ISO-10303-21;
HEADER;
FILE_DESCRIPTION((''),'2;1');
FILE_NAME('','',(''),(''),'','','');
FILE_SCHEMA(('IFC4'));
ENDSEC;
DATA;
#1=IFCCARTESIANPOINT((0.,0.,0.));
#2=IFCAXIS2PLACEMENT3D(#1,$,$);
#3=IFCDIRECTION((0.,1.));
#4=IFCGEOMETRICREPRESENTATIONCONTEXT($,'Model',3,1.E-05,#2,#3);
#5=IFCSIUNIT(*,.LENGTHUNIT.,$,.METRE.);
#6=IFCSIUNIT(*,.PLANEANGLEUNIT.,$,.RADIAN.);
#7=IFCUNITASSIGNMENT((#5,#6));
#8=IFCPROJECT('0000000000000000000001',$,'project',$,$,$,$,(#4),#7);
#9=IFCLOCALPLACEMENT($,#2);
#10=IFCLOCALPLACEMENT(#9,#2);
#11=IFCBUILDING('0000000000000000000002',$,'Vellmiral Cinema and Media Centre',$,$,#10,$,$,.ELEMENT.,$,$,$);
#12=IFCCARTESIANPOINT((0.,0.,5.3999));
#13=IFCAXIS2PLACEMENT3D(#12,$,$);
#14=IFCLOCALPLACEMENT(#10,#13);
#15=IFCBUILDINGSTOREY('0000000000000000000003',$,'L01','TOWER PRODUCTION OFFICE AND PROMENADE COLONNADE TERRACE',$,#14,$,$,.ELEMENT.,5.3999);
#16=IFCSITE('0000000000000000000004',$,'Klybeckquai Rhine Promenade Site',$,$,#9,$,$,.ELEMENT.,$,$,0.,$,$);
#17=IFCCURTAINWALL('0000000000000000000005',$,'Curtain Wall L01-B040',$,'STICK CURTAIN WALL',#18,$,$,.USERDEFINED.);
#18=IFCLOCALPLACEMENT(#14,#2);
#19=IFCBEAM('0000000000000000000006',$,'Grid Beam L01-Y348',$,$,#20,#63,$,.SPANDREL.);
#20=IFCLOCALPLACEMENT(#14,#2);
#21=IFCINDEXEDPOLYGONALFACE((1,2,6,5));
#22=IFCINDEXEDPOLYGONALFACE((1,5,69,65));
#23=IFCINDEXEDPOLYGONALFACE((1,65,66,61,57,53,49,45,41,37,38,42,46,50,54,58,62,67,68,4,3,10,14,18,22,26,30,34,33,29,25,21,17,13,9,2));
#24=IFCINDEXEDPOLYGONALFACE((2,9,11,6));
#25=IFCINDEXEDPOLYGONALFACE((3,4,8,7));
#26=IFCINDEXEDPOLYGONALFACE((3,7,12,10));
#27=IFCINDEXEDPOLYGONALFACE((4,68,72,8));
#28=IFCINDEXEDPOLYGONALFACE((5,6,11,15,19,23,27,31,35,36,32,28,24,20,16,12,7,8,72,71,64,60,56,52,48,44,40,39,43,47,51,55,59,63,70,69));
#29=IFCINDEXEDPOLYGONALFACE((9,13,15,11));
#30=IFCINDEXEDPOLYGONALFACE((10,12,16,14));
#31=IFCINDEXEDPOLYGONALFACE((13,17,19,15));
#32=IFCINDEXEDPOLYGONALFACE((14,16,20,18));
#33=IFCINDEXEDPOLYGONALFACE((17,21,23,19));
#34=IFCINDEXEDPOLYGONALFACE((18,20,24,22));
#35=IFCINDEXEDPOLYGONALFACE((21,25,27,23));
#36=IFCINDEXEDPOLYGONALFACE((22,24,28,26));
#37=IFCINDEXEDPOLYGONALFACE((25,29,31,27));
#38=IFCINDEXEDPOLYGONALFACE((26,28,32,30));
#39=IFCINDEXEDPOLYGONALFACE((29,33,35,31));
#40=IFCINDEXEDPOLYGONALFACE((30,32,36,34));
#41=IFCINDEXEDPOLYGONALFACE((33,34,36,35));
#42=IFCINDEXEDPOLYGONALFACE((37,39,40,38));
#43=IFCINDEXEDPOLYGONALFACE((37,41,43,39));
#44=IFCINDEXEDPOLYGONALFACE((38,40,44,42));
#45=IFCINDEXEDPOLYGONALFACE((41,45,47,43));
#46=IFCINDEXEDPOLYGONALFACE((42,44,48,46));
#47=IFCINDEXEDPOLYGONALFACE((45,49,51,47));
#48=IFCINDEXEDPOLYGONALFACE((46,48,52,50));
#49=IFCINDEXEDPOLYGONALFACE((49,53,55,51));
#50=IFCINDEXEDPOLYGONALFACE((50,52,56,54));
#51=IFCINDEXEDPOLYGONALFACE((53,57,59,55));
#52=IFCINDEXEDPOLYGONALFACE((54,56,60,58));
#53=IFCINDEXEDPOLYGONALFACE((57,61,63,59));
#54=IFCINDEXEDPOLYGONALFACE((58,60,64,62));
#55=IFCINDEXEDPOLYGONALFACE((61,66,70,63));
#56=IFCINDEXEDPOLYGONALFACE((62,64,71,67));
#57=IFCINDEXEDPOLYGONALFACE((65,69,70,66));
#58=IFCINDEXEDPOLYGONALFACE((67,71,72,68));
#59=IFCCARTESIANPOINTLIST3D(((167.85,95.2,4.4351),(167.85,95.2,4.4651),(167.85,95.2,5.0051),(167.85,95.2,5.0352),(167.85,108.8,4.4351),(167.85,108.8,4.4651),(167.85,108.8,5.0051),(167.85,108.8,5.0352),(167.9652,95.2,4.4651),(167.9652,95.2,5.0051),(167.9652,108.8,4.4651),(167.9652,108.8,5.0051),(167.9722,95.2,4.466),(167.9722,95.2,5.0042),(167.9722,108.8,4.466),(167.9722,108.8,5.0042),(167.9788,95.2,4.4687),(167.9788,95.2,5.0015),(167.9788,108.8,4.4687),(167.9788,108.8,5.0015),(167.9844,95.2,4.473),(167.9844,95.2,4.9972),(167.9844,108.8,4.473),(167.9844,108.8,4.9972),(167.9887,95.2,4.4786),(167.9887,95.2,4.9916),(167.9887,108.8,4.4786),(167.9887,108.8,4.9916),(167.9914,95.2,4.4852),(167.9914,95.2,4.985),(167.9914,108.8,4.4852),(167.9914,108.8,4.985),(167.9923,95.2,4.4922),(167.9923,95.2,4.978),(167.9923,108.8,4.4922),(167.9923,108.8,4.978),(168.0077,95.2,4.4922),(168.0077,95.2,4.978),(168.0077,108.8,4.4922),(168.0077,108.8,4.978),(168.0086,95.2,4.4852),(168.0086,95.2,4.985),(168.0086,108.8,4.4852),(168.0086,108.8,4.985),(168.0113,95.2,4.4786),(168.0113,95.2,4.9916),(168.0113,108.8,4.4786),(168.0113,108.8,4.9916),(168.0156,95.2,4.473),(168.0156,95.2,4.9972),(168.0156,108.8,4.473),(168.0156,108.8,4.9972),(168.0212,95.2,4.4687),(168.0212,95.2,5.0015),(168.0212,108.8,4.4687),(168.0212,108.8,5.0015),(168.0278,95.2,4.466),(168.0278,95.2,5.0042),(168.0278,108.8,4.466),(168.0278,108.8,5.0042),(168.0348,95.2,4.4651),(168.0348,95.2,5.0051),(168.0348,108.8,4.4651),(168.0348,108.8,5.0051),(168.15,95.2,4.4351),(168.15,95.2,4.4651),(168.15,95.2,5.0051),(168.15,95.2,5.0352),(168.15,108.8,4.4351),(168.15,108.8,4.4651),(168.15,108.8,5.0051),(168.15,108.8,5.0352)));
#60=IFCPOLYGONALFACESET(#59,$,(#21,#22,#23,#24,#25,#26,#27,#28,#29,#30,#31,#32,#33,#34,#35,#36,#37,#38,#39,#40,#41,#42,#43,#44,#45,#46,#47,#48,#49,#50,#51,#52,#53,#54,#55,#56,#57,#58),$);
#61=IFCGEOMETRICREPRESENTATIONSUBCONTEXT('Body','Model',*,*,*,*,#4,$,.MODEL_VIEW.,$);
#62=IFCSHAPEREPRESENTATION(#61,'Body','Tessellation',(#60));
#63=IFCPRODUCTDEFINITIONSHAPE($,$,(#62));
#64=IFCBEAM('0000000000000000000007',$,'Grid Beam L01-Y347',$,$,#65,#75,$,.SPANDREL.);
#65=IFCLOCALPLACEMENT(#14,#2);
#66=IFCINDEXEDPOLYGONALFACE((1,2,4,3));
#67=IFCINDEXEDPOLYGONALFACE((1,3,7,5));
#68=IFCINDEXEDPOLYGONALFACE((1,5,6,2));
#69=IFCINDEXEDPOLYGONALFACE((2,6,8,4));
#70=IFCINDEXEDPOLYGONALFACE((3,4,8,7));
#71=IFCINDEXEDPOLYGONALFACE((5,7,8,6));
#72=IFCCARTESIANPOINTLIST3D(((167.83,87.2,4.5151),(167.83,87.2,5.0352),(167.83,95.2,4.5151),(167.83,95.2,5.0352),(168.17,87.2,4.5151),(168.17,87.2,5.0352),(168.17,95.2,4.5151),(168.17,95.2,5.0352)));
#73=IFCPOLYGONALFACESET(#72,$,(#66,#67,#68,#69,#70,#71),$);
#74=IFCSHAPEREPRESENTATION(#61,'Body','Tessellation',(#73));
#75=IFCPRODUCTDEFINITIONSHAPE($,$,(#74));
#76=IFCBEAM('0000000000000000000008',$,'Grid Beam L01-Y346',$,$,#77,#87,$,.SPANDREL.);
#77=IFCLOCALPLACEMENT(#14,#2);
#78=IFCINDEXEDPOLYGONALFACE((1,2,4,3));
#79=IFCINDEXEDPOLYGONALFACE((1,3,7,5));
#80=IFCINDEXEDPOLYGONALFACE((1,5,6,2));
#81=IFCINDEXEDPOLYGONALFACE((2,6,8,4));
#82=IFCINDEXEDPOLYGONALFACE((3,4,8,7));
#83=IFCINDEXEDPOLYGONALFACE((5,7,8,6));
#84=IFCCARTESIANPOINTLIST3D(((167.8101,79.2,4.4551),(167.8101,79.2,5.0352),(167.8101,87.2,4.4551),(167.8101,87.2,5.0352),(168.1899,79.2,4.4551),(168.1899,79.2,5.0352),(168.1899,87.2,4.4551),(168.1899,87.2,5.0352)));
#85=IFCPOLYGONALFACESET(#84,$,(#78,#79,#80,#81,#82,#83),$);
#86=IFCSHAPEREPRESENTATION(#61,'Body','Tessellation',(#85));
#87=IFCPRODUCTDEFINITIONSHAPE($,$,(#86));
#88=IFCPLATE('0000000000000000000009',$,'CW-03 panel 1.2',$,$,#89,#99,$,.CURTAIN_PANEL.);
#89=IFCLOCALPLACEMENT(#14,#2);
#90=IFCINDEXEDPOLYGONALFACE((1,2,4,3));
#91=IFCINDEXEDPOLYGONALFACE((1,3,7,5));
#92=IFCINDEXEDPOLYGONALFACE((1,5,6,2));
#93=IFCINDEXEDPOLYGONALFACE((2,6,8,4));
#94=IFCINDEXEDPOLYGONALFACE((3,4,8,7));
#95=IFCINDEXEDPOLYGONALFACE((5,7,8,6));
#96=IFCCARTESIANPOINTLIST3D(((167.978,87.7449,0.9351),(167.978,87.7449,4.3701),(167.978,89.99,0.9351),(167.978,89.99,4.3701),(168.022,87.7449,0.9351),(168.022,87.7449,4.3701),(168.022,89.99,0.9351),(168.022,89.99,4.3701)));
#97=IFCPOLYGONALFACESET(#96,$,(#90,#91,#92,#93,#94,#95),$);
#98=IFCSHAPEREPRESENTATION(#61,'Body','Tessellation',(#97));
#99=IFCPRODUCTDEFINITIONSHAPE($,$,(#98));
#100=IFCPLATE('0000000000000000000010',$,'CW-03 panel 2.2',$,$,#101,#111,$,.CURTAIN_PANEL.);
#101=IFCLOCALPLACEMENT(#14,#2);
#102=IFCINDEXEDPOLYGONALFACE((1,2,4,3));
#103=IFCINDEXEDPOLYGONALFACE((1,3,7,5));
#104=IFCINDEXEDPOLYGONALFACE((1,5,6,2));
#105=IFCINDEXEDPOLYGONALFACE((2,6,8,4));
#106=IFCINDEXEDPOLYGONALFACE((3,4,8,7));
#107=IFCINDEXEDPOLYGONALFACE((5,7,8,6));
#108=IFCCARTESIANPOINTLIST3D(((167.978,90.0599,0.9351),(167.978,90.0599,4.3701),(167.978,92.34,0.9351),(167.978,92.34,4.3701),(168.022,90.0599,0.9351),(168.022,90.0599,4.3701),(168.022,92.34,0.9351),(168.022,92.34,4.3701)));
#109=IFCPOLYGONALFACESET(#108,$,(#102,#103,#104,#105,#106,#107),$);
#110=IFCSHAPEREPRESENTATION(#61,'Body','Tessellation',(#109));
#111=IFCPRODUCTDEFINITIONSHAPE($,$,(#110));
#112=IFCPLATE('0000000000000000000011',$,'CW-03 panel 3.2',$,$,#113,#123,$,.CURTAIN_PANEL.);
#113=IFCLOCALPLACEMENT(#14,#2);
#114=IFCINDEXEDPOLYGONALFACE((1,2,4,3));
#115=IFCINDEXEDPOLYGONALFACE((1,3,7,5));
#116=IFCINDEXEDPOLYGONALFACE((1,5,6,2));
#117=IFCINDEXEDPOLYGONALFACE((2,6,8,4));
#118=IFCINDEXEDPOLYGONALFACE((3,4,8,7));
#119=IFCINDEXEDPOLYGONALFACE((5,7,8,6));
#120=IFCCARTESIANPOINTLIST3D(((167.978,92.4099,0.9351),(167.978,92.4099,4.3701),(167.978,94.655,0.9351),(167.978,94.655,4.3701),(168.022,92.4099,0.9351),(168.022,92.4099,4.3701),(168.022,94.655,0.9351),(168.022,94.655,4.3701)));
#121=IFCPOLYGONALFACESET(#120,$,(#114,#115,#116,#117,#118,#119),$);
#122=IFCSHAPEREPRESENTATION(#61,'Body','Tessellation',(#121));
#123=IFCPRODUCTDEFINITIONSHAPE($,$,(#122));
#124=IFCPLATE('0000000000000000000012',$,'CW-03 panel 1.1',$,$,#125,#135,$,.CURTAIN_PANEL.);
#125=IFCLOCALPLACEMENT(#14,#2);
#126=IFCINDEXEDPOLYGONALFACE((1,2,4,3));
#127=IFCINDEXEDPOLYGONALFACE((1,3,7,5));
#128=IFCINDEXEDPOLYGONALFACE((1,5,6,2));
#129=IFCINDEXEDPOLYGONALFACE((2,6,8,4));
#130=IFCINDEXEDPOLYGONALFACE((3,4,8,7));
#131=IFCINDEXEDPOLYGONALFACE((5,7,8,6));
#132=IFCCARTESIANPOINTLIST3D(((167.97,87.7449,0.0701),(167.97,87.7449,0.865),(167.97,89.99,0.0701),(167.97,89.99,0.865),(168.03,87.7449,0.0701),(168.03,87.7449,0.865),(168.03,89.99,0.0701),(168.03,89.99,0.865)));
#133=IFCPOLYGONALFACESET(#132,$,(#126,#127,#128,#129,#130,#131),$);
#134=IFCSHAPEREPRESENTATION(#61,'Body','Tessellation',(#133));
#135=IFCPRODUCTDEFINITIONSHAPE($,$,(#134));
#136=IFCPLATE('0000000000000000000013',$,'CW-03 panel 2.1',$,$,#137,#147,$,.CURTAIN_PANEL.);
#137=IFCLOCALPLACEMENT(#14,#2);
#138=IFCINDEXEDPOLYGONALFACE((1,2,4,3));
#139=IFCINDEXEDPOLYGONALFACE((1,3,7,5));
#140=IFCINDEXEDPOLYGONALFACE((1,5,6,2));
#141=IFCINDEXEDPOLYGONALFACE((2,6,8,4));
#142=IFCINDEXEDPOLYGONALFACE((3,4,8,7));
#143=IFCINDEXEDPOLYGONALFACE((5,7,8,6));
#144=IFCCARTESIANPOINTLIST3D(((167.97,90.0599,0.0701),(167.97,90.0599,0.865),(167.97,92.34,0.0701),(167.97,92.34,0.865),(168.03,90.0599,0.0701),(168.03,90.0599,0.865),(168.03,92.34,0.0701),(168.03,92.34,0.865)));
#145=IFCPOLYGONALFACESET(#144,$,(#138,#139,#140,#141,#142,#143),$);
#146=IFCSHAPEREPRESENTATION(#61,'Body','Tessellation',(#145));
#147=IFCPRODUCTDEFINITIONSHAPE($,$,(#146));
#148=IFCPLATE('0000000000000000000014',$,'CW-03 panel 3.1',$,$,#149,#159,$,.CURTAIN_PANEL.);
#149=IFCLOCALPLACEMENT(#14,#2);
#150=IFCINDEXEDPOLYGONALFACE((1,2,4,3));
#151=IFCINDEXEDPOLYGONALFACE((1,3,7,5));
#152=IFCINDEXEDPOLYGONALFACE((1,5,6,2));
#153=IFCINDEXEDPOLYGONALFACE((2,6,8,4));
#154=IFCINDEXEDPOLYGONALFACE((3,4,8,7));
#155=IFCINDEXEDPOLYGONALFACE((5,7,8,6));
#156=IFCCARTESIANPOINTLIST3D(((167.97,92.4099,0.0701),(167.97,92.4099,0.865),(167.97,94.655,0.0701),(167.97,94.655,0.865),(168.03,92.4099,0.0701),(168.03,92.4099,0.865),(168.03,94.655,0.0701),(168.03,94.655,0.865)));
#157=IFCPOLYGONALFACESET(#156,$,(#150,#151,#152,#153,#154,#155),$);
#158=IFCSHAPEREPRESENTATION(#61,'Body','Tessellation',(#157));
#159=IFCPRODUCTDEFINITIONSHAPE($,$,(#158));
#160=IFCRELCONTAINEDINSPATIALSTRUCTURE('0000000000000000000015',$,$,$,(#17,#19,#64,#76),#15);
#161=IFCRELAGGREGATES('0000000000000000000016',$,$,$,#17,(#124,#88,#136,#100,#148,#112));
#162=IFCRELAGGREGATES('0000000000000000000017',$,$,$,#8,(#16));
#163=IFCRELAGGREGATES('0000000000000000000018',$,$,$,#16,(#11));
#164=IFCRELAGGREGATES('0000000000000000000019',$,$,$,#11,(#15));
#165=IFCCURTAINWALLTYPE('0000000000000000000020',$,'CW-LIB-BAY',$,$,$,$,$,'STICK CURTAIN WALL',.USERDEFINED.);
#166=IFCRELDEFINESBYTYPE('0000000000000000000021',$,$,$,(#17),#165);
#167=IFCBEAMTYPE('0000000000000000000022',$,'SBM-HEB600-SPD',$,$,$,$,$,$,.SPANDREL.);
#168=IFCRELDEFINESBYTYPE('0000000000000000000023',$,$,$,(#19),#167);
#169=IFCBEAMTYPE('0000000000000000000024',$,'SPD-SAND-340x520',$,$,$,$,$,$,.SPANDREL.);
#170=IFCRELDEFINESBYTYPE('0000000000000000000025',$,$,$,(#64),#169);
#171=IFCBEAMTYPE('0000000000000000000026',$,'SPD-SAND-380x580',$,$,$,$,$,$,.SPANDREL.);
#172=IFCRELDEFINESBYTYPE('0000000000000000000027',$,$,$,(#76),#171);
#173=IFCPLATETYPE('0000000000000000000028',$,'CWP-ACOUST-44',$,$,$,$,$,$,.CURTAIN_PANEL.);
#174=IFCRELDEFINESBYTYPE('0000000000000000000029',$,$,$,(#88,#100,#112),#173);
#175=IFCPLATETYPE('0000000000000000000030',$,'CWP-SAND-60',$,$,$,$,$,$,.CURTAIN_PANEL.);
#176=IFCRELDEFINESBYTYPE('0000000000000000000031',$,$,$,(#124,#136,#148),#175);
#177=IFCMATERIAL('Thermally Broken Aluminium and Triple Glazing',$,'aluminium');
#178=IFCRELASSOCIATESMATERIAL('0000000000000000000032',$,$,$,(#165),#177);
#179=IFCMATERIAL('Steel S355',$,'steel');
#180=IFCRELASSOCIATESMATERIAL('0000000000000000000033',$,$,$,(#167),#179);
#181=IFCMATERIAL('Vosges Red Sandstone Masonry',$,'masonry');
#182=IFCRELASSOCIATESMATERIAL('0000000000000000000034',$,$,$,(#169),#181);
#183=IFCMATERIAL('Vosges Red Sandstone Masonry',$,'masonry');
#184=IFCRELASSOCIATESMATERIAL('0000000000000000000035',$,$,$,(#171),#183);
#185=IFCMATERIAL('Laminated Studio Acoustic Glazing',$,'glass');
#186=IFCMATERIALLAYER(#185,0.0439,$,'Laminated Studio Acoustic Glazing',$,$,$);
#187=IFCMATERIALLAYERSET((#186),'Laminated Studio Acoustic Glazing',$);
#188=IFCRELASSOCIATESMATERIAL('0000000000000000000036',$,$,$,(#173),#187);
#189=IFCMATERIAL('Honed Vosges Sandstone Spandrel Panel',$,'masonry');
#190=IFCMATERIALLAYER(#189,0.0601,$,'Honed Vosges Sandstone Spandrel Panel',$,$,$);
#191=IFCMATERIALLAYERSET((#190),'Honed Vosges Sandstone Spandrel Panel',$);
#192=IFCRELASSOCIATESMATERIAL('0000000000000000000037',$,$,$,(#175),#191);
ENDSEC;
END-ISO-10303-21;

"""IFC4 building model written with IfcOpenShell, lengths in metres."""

from ifc_helpers import new_model, si_unit, direction, frame, origin, origin_2d, place, context, subcontext, project, spatial, rectangle, i_section, extrude, material, layer, layer_set, material_profile, profile_set, type_object, element, aggregate, save


model = new_model("IFC4")

# Units and contexts
model_context = context("Model", 3, precision=1e-05, world=origin(), true_north=direction((0.0, 1.0)))
body_context = subcontext(model_context, "Body", "Model", "MODEL_VIEW")
ifc_project = project(units=[si_unit("LENGTHUNIT", "METRE"), si_unit("PLANEANGLEUNIT", "RADIAN")], contexts=[model_context])

# Site, building, storey
site_placement = place(None, origin())
site = spatial("IfcSite", under=ifc_project, at=site_placement, Name="Klybeckquai Rhine Promenade Site", CompositionType="ELEMENT", RefElevation=0.0)
building_placement = place(site_placement, origin())
building = spatial("IfcBuilding", under=site, at=building_placement, Name="Vellmiral Cinema and Media Centre", CompositionType="ELEMENT")
storey_placement = place(building_placement, frame((0.0, 0.0, 5.3999)))
storey = spatial("IfcBuildingStorey", under=building, at=storey_placement, Name="L01", Description="TOWER PRODUCTION OFFICE AND PROMENADE COLONNADE TERRACE", CompositionType="ELEMENT", Elevation=5.3999)

# Curtain wall
ifc_material_1 = material(Name="Thermally Broken Aluminium and Triple Glazing", Category="aluminium")
curtain_wall_type = type_object("IfcCurtainWallType", Name="CW-LIB-BAY", ElementType="STICK CURTAIN WALL", PredefinedType="USERDEFINED", material=ifc_material_1)
curtain_wall_placement = place(storey_placement, origin())
curtain_wall = element("IfcCurtainWall", 1, at=curtain_wall_placement, inside=storey, type_object=curtain_wall_type, Name="Curtain Wall L01-B040", ObjectType="STICK CURTAIN WALL", PredefinedType="USERDEFINED")

# Beams
ifc_material_2 = material(Name="Steel S355", Category="steel")
ifc_material_profile_1 = material_profile(ifc_material_2, i_section(OverallWidth=0.3, OverallDepth=0.6001, WebThickness=0.0154, FlangeThickness=0.03, FilletRadius=0.0271, at=origin_2d()), Name="HEB 600")
ifc_profile_set_1 = profile_set([ifc_material_profile_1], Name="Steel S355")
beam_type_1 = type_object("IfcBeamType", Name="SBM-HEB600-SPD", PredefinedType="SPANDREL", material=ifc_profile_set_1)
beam_1_placement = place(storey_placement, frame((168.0, 95.2, 4.7351), z_axis=(0.0, 1.0, 0.0), x_axis=(-1.0, 0.0, 0.0)))
element("IfcBeam", 2, at=beam_1_placement, inside=storey, type_object=beam_type_1, Name="Grid Beam L01-Y348", PredefinedType="SPANDREL", context=body_context, shape_type="SweptSolid", body=[
    extrude(i_section(OverallWidth=0.3, OverallDepth=0.6001, WebThickness=0.0154, FlangeThickness=0.03, FilletRadius=0.0271, at=origin_2d()), origin(), (0.0, 0.0, 1.0), 13.6001),
])
ifc_material_3 = material(Name="Vosges Red Sandstone Masonry", Category="masonry")
ifc_material_profile_2 = material_profile(ifc_material_3, rectangle(XDim=0.3401, YDim=0.52, at=origin_2d()), Name="SAND 340x520")
ifc_profile_set_2 = profile_set([ifc_material_profile_2], Name="Vosges Red Sandstone Masonry")
beam_type_2 = type_object("IfcBeamType", Name="SPD-SAND-340x520", PredefinedType="SPANDREL", material=ifc_profile_set_2)
beam_2_placement = place(storey_placement, frame((168.0, 87.2, 4.7751), z_axis=(0.0, 1.0, 0.0), x_axis=(-1.0, 0.0, 0.0)))
element("IfcBeam", 3, at=beam_2_placement, inside=storey, type_object=beam_type_2, Name="Grid Beam L01-Y347", PredefinedType="SPANDREL", context=body_context, shape_type="SweptSolid", body=[
    extrude(rectangle(XDim=0.3401, YDim=0.52, at=origin_2d()), origin(), (0.0, 0.0, 1.0), 8.0),
])
ifc_material_4 = material(Name="Vosges Red Sandstone Masonry", Category="masonry")
ifc_material_profile_3 = material_profile(ifc_material_4, rectangle(XDim=0.3799, YDim=0.5801, at=origin_2d()), Name="SAND 380x580")
ifc_profile_set_3 = profile_set([ifc_material_profile_3], Name="Vosges Red Sandstone Masonry")
beam_type_3 = type_object("IfcBeamType", Name="SPD-SAND-380x580", PredefinedType="SPANDREL", material=ifc_profile_set_3)
beam_3_placement = place(storey_placement, frame((168.0, 79.2, 4.7451), z_axis=(0.0, 1.0, 0.0), x_axis=(-1.0, 0.0, 0.0)))
element("IfcBeam", 4, at=beam_3_placement, inside=storey, type_object=beam_type_3, Name="Grid Beam L01-Y346", PredefinedType="SPANDREL", context=body_context, shape_type="SweptSolid", body=[
    extrude(rectangle(XDim=0.3799, YDim=0.5801, at=origin_2d()), origin(), (0.0, 0.0, 1.0), 8.0),
])

# Plates
ifc_material_5 = material(Name="Laminated Studio Acoustic Glazing", Category="glass")
ifc_layer_1 = layer(ifc_material_5, 0.0439, Name="Laminated Studio Acoustic Glazing")
ifc_layer_set_1 = layer_set([ifc_layer_1], Name="Laminated Studio Acoustic Glazing")
plate_type_1 = type_object("IfcPlateType", Name="CWP-ACOUST-44", PredefinedType="CURTAIN_PANEL", material=ifc_layer_set_1)
plate_1_placement = place(storey_placement, frame((168.0, 88.8674, 0.9351), z_axis=(0.0, 0.0, 1.0), x_axis=(0.0, 1.0, 0.0)))
plate_1 = element("IfcPlate", 5, at=plate_1_placement, type_object=plate_type_1, Name="CW-03 panel 1.2", PredefinedType="CURTAIN_PANEL", context=body_context, shape_type="SweptSolid", body=[
    extrude(rectangle(XDim=2.2451, YDim=0.0439, at=origin_2d()), origin(), (0.0, 0.0, 1.0), 3.4351),
])
plate_2_placement = place(storey_placement, frame((168.0, 91.2, 0.9351), z_axis=(0.0, 0.0, 1.0), x_axis=(0.0, 1.0, 0.0)))
plate_2 = element("IfcPlate", 6, at=plate_2_placement, type_object=plate_type_1, Name="CW-03 panel 2.2", PredefinedType="CURTAIN_PANEL", context=body_context, shape_type="SweptSolid", body=[
    extrude(rectangle(XDim=2.28, YDim=0.0439, at=origin_2d()), origin(), (0.0, 0.0, 1.0), 3.4351),
])
plate_3_placement = place(storey_placement, frame((168.0, 93.5325, 0.9351), z_axis=(0.0, 0.0, 1.0), x_axis=(0.0, 1.0, 0.0)))
plate_3 = element("IfcPlate", 7, at=plate_3_placement, type_object=plate_type_1, Name="CW-03 panel 3.2", PredefinedType="CURTAIN_PANEL", context=body_context, shape_type="SweptSolid", body=[
    extrude(rectangle(XDim=2.2451, YDim=0.0439, at=origin_2d()), origin(), (0.0, 0.0, 1.0), 3.4351),
])
ifc_material_6 = material(Name="Honed Vosges Sandstone Spandrel Panel", Category="masonry")
ifc_layer_2 = layer(ifc_material_6, 0.0601, Name="Honed Vosges Sandstone Spandrel Panel")
ifc_layer_set_2 = layer_set([ifc_layer_2], Name="Honed Vosges Sandstone Spandrel Panel")
plate_type_2 = type_object("IfcPlateType", Name="CWP-SAND-60", PredefinedType="CURTAIN_PANEL", material=ifc_layer_set_2)
plate_4_placement = place(storey_placement, frame((168.0, 88.8674, 0.0701), z_axis=(0.0, 0.0, 1.0), x_axis=(0.0, 1.0, 0.0)))
plate_4 = element("IfcPlate", 8, at=plate_4_placement, type_object=plate_type_2, Name="CW-03 panel 1.1", PredefinedType="CURTAIN_PANEL", context=body_context, shape_type="SweptSolid", body=[
    extrude(rectangle(XDim=2.2451, YDim=0.0601, at=origin_2d()), origin(), (0.0, 0.0, 1.0), 0.7949),
])
plate_5_placement = place(storey_placement, frame((168.0, 91.2, 0.0701), z_axis=(0.0, 0.0, 1.0), x_axis=(0.0, 1.0, 0.0)))
plate_5 = element("IfcPlate", 9, at=plate_5_placement, type_object=plate_type_2, Name="CW-03 panel 2.1", PredefinedType="CURTAIN_PANEL", context=body_context, shape_type="SweptSolid", body=[
    extrude(rectangle(XDim=2.28, YDim=0.0601, at=origin_2d()), origin(), (0.0, 0.0, 1.0), 0.7949),
])
plate_6_placement = place(storey_placement, frame((168.0, 93.5325, 0.0701), z_axis=(0.0, 0.0, 1.0), x_axis=(0.0, 1.0, 0.0)))
plate_6 = element("IfcPlate", 10, at=plate_6_placement, type_object=plate_type_2, Name="CW-03 panel 3.1", PredefinedType="CURTAIN_PANEL", context=body_context, shape_type="SweptSolid", body=[
    extrude(rectangle(XDim=2.2451, YDim=0.0601, at=origin_2d()), origin(), (0.0, 0.0, 1.0), 0.7949),
])
aggregate(curtain_wall, [plate_4, plate_1, plate_5, plate_2, plate_6, plate_3])

save(model, "model.ifc")
